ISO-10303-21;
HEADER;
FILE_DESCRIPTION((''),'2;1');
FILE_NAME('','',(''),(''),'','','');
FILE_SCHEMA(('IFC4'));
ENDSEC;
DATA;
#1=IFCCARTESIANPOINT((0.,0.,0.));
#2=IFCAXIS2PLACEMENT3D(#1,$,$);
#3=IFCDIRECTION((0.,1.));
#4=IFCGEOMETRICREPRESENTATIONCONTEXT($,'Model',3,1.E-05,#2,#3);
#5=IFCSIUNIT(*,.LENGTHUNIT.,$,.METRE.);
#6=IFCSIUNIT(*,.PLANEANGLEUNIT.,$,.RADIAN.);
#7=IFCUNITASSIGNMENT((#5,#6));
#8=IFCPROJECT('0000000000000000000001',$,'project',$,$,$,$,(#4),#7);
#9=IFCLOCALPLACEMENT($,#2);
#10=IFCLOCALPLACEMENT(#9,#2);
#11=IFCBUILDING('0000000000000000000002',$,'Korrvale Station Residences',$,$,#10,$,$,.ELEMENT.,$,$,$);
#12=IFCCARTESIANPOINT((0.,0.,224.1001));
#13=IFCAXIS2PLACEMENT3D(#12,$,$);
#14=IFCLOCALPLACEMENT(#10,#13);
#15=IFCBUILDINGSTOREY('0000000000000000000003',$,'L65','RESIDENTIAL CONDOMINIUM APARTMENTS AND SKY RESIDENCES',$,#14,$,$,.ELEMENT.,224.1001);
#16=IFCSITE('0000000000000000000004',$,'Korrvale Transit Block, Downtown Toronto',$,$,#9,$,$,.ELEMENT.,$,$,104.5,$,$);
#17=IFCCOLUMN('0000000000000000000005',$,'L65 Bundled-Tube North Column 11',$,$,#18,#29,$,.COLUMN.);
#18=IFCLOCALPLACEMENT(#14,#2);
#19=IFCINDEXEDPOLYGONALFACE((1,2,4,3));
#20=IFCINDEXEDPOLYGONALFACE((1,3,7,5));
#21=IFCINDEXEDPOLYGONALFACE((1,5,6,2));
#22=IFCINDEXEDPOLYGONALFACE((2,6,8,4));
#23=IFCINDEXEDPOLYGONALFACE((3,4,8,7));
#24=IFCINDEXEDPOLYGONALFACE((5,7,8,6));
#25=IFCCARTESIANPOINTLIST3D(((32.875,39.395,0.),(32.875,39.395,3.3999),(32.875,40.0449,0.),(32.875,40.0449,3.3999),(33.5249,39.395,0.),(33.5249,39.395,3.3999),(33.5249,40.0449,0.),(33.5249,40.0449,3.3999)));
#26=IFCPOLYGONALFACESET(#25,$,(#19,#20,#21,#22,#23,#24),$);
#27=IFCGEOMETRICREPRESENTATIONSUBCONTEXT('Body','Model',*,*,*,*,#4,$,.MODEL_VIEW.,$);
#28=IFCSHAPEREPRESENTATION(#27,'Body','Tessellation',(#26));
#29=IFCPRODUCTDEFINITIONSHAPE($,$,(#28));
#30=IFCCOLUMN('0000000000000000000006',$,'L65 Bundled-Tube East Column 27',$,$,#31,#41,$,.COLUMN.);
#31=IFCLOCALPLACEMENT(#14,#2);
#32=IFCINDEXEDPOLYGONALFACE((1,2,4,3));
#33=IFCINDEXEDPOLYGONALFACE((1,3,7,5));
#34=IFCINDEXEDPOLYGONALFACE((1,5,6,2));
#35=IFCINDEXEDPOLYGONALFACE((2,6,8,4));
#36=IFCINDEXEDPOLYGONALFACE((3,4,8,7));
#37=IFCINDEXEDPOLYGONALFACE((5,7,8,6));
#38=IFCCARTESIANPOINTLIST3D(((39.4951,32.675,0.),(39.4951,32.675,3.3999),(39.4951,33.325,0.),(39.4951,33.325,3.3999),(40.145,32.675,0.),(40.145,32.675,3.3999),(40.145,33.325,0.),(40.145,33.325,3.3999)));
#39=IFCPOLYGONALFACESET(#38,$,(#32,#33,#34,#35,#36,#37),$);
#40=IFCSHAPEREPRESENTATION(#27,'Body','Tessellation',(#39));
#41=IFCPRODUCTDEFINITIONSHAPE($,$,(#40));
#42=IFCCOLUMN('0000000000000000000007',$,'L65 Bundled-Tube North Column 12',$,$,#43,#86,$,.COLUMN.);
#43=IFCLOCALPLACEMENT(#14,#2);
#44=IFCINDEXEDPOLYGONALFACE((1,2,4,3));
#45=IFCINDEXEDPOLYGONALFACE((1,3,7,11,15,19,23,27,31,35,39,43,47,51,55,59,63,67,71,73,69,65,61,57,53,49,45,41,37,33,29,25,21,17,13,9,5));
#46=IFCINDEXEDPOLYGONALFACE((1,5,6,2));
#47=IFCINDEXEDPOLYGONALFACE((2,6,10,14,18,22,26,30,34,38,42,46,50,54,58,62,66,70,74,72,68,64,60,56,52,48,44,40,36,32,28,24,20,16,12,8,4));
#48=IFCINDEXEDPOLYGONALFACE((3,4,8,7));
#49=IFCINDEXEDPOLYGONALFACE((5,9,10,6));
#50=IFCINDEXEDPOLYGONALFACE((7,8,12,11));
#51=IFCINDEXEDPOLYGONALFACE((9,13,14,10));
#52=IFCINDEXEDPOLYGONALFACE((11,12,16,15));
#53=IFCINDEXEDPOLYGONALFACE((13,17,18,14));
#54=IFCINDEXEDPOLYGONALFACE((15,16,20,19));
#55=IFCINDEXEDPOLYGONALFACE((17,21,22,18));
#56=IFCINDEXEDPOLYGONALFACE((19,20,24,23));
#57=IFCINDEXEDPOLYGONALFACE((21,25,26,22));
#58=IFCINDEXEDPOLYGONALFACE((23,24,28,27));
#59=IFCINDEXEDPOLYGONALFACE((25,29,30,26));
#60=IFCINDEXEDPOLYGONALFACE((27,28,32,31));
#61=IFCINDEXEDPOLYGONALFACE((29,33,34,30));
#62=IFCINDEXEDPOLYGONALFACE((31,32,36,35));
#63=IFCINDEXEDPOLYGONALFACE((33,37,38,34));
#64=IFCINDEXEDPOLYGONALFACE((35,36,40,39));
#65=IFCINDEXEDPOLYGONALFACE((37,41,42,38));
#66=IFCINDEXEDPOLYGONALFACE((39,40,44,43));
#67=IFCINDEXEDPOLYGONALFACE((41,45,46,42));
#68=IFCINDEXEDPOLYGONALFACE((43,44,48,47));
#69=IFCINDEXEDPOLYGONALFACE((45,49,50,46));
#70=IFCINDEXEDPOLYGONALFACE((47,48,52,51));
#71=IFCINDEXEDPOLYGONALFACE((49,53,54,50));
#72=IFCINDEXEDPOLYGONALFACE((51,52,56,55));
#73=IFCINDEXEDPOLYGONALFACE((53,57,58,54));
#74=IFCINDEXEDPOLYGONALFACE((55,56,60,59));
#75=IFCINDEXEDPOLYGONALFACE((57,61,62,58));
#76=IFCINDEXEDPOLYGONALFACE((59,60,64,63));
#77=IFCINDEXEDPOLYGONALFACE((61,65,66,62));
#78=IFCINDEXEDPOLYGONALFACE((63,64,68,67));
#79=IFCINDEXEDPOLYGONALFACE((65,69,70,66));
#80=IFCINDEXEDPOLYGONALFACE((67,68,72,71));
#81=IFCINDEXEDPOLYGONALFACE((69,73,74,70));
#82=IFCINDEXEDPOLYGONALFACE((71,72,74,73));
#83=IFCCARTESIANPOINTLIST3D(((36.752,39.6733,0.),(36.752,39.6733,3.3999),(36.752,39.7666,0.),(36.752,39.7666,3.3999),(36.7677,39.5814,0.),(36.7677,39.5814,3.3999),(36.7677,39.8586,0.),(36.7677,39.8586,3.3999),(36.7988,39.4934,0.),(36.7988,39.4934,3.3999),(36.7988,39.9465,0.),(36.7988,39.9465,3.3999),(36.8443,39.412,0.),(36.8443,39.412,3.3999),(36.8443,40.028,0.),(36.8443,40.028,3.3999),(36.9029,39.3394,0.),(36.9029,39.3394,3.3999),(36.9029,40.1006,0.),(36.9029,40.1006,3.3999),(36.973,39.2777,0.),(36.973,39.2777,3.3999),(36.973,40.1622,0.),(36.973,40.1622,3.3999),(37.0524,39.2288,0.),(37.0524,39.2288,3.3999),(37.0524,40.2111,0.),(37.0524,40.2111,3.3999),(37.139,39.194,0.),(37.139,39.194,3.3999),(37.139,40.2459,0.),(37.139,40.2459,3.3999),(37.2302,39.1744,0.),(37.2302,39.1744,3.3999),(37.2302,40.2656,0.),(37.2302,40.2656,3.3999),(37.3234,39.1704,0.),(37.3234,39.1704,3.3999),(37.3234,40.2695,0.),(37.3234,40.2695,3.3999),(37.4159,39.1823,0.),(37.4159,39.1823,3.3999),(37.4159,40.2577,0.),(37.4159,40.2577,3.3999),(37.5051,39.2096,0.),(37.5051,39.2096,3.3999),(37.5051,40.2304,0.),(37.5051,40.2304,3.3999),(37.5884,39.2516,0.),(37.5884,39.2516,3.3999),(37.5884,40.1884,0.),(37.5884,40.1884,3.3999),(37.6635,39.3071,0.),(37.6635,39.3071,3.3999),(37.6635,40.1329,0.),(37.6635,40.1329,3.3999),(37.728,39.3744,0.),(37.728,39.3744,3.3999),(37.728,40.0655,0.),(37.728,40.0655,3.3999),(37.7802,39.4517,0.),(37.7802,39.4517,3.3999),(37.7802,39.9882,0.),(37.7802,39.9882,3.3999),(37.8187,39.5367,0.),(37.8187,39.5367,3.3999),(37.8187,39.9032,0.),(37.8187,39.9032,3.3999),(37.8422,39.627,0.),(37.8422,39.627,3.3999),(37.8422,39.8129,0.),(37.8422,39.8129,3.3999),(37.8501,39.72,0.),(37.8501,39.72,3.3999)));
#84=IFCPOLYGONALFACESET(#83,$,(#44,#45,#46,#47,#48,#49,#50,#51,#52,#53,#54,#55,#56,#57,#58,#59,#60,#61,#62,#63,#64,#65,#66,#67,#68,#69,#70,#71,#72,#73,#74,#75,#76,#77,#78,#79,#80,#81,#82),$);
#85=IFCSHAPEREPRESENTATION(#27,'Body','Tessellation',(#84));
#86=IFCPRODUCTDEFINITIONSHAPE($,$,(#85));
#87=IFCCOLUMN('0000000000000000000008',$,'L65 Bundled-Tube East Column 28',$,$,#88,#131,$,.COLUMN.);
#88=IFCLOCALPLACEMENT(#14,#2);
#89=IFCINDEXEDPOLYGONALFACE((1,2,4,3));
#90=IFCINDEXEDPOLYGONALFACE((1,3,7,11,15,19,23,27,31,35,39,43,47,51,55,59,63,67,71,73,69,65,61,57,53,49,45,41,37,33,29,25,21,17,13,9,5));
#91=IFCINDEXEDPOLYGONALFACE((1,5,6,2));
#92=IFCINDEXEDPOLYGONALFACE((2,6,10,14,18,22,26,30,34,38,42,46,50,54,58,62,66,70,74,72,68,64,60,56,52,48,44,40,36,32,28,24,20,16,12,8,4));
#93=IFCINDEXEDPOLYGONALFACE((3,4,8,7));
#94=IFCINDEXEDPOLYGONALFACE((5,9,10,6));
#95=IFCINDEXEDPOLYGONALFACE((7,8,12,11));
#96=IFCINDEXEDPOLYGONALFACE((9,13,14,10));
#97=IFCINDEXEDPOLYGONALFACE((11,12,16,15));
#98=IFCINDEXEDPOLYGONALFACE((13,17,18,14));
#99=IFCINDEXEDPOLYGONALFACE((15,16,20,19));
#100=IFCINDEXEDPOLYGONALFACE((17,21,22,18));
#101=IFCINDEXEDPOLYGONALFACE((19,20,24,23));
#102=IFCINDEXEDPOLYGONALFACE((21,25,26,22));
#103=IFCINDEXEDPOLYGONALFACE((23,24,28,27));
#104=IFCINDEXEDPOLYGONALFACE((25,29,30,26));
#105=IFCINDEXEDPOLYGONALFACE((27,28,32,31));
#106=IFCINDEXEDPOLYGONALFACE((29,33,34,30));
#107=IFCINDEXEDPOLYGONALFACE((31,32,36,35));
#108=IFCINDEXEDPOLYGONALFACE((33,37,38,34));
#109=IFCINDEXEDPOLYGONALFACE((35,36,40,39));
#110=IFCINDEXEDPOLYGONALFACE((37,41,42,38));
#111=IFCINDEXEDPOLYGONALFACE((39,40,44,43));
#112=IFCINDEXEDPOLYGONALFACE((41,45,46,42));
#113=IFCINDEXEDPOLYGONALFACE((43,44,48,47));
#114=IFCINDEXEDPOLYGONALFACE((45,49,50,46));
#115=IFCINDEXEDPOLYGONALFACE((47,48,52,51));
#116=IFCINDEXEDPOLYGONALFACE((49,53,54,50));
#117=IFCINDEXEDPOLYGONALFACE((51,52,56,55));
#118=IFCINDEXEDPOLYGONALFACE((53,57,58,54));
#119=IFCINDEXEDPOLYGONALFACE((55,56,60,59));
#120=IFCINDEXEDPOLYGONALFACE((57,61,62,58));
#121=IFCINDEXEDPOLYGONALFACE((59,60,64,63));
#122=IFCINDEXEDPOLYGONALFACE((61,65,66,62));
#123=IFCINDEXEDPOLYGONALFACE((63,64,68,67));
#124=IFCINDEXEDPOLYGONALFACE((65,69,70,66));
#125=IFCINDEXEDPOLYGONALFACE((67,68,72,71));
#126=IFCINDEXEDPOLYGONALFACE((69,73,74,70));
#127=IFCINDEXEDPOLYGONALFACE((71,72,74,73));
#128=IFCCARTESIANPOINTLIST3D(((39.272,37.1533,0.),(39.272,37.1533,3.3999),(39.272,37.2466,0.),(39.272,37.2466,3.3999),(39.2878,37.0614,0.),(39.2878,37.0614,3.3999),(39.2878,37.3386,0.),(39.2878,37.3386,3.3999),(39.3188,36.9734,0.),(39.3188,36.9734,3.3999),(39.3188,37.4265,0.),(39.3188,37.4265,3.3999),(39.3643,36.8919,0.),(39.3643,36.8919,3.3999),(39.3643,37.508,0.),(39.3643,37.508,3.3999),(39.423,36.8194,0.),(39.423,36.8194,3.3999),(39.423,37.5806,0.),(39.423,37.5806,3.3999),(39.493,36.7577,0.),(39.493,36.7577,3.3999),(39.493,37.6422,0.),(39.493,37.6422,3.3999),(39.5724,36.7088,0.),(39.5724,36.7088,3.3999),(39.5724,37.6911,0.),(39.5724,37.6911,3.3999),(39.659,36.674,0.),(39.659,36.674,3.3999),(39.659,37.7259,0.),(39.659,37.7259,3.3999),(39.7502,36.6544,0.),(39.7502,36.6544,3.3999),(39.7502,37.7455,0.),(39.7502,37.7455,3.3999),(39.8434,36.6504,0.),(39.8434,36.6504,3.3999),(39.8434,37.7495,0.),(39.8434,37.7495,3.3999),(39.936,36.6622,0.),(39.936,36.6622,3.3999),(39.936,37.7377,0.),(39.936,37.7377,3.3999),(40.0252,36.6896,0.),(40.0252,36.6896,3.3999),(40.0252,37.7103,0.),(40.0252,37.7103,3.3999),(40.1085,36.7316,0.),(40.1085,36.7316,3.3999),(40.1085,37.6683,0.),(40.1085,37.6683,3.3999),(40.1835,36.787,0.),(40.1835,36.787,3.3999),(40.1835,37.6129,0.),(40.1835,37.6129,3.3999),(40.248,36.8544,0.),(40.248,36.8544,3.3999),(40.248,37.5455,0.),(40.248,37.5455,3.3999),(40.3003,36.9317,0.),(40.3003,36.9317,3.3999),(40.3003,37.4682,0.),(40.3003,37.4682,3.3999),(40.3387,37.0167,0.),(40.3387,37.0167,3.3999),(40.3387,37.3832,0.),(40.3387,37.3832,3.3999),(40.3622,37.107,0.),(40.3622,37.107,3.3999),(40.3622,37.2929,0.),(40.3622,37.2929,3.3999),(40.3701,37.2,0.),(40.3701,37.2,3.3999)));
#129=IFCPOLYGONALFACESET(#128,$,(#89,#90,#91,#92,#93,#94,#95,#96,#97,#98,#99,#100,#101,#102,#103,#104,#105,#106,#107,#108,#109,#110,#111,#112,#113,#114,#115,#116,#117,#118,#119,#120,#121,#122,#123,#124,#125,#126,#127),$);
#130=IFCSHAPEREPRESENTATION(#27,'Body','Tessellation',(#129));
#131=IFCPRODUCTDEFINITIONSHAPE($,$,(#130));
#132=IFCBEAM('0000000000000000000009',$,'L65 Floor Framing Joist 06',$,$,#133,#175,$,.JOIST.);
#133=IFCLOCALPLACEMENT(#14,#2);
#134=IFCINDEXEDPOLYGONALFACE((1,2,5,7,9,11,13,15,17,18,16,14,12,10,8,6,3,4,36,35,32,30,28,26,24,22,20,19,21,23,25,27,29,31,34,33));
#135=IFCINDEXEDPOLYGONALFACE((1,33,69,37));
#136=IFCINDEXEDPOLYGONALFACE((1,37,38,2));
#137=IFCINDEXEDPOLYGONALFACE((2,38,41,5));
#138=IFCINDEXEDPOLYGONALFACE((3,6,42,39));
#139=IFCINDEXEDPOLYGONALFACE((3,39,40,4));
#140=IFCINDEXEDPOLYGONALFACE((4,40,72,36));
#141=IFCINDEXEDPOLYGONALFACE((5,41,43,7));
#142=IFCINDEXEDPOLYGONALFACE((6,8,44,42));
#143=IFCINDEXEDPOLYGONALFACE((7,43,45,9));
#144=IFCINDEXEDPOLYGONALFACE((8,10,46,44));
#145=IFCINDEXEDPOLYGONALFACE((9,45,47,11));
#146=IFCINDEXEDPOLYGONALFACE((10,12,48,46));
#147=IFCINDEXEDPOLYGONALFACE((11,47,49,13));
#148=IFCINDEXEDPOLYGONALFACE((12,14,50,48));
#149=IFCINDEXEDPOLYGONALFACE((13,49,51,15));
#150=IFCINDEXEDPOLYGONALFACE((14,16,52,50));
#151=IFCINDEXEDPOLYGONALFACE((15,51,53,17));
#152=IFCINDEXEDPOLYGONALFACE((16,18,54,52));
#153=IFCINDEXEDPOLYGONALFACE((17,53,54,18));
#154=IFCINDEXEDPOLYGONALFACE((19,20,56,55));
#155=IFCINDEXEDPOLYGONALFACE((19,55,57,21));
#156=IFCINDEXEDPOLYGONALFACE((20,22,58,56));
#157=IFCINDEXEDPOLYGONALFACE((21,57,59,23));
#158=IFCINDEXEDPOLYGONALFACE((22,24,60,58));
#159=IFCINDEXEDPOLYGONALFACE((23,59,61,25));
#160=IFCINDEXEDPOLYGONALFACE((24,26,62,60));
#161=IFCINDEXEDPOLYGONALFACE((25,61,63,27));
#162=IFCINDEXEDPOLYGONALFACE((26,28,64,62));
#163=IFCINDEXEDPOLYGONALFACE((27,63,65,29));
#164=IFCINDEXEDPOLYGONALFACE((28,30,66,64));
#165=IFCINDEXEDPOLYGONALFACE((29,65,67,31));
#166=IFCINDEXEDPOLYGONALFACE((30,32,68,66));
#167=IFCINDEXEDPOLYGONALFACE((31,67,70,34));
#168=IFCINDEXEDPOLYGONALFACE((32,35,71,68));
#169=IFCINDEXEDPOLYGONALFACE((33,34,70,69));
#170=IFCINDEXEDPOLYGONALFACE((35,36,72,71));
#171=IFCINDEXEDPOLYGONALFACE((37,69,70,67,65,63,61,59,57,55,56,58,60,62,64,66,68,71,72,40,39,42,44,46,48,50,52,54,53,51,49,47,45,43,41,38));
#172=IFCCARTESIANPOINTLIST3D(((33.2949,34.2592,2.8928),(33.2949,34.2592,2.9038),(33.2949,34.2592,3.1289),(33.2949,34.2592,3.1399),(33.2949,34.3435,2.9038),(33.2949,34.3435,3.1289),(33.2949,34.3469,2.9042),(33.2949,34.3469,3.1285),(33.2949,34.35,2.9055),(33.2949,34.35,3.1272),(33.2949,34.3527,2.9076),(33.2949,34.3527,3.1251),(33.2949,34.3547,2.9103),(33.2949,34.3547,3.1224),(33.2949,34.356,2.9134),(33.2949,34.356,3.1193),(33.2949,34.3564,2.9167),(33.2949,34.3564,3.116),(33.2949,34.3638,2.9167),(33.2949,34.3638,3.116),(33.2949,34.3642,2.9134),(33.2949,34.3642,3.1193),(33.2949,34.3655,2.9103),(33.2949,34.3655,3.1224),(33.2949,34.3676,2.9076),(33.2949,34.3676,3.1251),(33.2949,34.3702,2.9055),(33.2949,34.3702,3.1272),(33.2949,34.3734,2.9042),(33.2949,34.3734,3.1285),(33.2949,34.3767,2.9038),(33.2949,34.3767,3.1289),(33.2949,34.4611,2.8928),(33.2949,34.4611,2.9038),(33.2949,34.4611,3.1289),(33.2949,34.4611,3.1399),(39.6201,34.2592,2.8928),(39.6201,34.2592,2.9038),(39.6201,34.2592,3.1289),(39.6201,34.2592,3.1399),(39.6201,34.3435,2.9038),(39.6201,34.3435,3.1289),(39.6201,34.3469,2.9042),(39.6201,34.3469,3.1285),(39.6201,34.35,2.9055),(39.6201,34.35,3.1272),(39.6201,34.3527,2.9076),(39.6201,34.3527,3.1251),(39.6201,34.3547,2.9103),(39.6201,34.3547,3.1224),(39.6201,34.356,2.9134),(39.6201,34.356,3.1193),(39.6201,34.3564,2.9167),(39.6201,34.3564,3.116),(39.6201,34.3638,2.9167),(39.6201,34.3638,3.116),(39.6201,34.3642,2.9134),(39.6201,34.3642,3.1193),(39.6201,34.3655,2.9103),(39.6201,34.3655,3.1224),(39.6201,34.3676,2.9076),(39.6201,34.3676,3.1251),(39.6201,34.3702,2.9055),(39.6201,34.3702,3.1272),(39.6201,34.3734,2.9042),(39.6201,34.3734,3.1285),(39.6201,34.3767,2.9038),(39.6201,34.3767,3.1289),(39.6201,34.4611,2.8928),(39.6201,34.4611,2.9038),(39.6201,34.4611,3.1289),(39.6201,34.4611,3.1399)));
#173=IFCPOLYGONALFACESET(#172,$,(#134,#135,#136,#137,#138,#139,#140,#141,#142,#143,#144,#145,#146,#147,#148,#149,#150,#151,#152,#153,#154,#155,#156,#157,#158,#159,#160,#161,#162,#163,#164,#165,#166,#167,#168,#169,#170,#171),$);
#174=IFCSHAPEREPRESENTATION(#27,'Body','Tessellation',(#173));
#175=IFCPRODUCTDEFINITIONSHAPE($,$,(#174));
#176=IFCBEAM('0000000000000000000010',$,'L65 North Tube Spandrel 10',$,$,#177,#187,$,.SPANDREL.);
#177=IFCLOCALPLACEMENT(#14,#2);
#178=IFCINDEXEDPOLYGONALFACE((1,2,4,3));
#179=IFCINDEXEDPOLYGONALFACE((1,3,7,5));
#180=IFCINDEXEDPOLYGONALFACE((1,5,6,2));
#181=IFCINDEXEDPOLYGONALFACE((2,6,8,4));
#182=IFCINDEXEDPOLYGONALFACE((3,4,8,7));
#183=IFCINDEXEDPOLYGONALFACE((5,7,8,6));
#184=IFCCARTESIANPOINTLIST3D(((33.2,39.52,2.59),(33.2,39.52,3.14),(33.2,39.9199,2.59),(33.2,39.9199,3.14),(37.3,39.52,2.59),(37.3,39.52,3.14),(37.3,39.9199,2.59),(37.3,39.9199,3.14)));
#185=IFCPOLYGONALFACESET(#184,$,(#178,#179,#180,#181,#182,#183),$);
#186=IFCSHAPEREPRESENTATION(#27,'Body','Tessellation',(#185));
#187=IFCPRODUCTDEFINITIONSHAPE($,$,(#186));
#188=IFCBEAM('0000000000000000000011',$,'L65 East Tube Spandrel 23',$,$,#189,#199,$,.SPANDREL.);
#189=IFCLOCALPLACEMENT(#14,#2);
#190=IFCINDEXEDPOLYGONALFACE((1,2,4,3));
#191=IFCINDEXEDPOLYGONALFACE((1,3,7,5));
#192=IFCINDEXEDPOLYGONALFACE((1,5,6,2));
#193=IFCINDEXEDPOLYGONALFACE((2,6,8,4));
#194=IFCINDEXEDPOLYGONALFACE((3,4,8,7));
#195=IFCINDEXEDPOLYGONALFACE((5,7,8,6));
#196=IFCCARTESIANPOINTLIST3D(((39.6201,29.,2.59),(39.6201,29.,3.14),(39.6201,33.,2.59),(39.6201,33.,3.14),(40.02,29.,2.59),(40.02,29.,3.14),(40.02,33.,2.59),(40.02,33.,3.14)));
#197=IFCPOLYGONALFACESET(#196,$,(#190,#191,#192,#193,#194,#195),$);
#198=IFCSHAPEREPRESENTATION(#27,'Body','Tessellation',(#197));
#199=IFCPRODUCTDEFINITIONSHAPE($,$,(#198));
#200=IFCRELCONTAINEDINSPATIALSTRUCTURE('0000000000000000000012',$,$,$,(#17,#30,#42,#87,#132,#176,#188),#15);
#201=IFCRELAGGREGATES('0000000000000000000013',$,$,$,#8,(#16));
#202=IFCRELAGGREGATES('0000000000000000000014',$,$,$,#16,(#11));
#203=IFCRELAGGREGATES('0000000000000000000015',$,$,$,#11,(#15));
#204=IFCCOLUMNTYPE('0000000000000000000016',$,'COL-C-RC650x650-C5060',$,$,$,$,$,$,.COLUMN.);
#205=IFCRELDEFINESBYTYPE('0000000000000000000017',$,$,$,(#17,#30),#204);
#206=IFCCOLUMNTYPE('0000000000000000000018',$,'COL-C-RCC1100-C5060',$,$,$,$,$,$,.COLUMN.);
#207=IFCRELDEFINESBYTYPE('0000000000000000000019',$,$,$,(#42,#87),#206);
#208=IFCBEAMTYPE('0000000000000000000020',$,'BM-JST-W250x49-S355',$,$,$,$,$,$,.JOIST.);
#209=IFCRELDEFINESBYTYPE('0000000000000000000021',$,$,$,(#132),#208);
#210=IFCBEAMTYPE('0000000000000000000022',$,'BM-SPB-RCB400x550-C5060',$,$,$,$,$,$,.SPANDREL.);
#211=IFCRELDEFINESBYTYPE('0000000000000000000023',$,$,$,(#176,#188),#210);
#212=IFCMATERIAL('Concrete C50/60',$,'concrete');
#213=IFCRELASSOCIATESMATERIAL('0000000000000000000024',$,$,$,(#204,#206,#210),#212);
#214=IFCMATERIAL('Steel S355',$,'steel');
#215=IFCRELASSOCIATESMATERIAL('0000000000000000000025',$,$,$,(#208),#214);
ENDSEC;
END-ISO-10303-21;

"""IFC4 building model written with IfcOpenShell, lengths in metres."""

from ifc_helpers import new_model, si_unit, direction, frame, origin, origin_2d, place, context, subcontext, project, spatial, rectangle, circle, i_section, extrude, material, material_profile, profile_set, type_object, element, save


model = new_model("IFC4")

# Units and contexts
model_context = context("Model", 3, precision=1e-05, world=origin(), true_north=direction((0.0, 1.0)))
body_context = subcontext(model_context, "Body", "Model", "MODEL_VIEW")
ifc_project = project(units=[si_unit("LENGTHUNIT", "METRE"), si_unit("PLANEANGLEUNIT", "RADIAN")], contexts=[model_context])

# Site, building, storey
site_placement = place(None, origin())
site = spatial("IfcSite", under=ifc_project, at=site_placement, Name="Korrvale Transit Block, Downtown Toronto", CompositionType="ELEMENT", RefElevation=104.5)
building_placement = place(site_placement, origin())
building = spatial("IfcBuilding", under=site, at=building_placement, Name="Korrvale Station Residences", CompositionType="ELEMENT")
storey_placement = place(building_placement, frame((0.0, 0.0, 224.1001)))
storey = spatial("IfcBuildingStorey", under=building, at=storey_placement, Name="L65", Description="RESIDENTIAL CONDOMINIUM APARTMENTS AND SKY RESIDENCES", CompositionType="ELEMENT", Elevation=224.1001)

# Columns
ifc_material_1 = material(Name="Concrete C50/60", Category="concrete")
ifc_material_profile_1 = material_profile(ifc_material_1, rectangle(XDim=0.6499, YDim=0.6499, at=origin_2d()), Name="RC650x650")
ifc_profile_set_1 = profile_set([ifc_material_profile_1], Name="Concrete C50/60")
column_type_1 = type_object("IfcColumnType", Name="COL-C-RC650x650-C5060", PredefinedType="COLUMN", material=ifc_profile_set_1)
for number, where, z_axis, x_axis, name in (
    (1, (33.2, 39.72, 0.0), (0.0, 0.0, 1.0), (1.0, 0.0, 0.0), "L65 Bundled-Tube North Column 11"),
    (2, (39.8201, 33.0, 0.0), (0.0, 0.0, 1.0), (1.0, 0.0, 0.0), "L65 Bundled-Tube East Column 27"),
):
    element("IfcColumn", number, at=place(storey_placement, frame(where, z_axis=z_axis, x_axis=x_axis)), inside=storey, type_object=column_type_1, Name=name, PredefinedType="COLUMN", context=body_context, shape_type="SweptSolid", body=[
        extrude(rectangle(XDim=0.6499, YDim=0.6499, at=origin_2d()), origin(), (0.0, 0.0, 1.0), 3.3999),
    ])
ifc_material_profile_2 = material_profile(ifc_material_1, circle(Radius=0.55, at=origin_2d()), Name="RCC1100")
ifc_profile_set_2 = profile_set([ifc_material_profile_2], Name="Concrete C50/60")
column_type_2 = type_object("IfcColumnType", Name="COL-C-RCC1100-C5060", PredefinedType="COLUMN", material=ifc_profile_set_2)
for number, where, z_axis, x_axis, name in (
    (3, (37.3, 39.72, 0.0), (0.0, 0.0, 1.0), (1.0, 0.0, 0.0), "L65 Bundled-Tube North Column 12"),
    (4, (39.8201, 37.2, 0.0), (0.0, 0.0, 1.0), (1.0, 0.0, 0.0), "L65 Bundled-Tube East Column 28"),
):
    element("IfcColumn", number, at=place(storey_placement, frame(where, z_axis=z_axis, x_axis=x_axis)), inside=storey, type_object=column_type_2, Name=name, PredefinedType="COLUMN", context=body_context, shape_type="SweptSolid", body=[
        extrude(circle(Radius=0.55, at=origin_2d()), origin(), (0.0, 0.0, 1.0), 3.3999),
    ])

# Beams
ifc_material_2 = material(Name="Steel S355", Category="steel")
ifc_material_profile_3 = material_profile(ifc_material_2, i_section(OverallWidth=0.2019, OverallDepth=0.2471, WebThickness=0.0073, FlangeThickness=0.011, FilletRadius=0.0129, at=origin_2d()), Name="W250x49")
ifc_profile_set_3 = profile_set([ifc_material_profile_3], Name="Steel S355")
beam_type_1 = type_object("IfcBeamType", Name="BM-JST-W250x49-S355", PredefinedType="JOIST", material=ifc_profile_set_3)
beam_1_placement = place(storey_placement, frame((33.2949, 34.3601, 3.0164), z_axis=(1.0, 0.0, 0.0), x_axis=(0.0, 1.0, 0.0)))
element("IfcBeam", 5, at=beam_1_placement, inside=storey, type_object=beam_type_1, Name="L65 Floor Framing Joist 06", PredefinedType="JOIST", context=body_context, shape_type="SweptSolid", body=[
    extrude(i_section(OverallWidth=0.2019, OverallDepth=0.2471, WebThickness=0.0073, FlangeThickness=0.011, FilletRadius=0.0129, at=origin_2d()), origin(), (0.0, 0.0, 1.0), 6.3252),
])
ifc_material_profile_4 = material_profile(ifc_material_1, rectangle(XDim=0.3999, YDim=0.55, at=origin_2d()), Name="RCB400x550")
ifc_profile_set_4 = profile_set([ifc_material_profile_4], Name="Concrete C50/60")
beam_type_2 = type_object("IfcBeamType", Name="BM-SPB-RCB400x550-C5060", PredefinedType="SPANDREL", material=ifc_profile_set_4)
beam_2_placement = place(storey_placement, frame((33.2, 39.72, 2.865), z_axis=(1.0, 0.0, 0.0), x_axis=(0.0, 1.0, 0.0)))
element("IfcBeam", 6, at=beam_2_placement, inside=storey, type_object=beam_type_2, Name="L65 North Tube Spandrel 10", PredefinedType="SPANDREL", context=body_context, shape_type="SweptSolid", body=[
    extrude(rectangle(XDim=0.3999, YDim=0.55, at=origin_2d()), origin(), (0.0, 0.0, 1.0), 4.1001),
])
beam_3_placement = place(storey_placement, frame((39.8201, 29.0, 2.865), z_axis=(0.0, 1.0, 0.0), x_axis=(-1.0, 0.0, 0.0)))
element("IfcBeam", 7, at=beam_3_placement, inside=storey, type_object=beam_type_2, Name="L65 East Tube Spandrel 23", PredefinedType="SPANDREL", context=body_context, shape_type="SweptSolid", body=[
    extrude(rectangle(XDim=0.3999, YDim=0.55, at=origin_2d()), origin(), (0.0, 0.0, 1.0), 4.0),
])

save(model, "model.ifc")
